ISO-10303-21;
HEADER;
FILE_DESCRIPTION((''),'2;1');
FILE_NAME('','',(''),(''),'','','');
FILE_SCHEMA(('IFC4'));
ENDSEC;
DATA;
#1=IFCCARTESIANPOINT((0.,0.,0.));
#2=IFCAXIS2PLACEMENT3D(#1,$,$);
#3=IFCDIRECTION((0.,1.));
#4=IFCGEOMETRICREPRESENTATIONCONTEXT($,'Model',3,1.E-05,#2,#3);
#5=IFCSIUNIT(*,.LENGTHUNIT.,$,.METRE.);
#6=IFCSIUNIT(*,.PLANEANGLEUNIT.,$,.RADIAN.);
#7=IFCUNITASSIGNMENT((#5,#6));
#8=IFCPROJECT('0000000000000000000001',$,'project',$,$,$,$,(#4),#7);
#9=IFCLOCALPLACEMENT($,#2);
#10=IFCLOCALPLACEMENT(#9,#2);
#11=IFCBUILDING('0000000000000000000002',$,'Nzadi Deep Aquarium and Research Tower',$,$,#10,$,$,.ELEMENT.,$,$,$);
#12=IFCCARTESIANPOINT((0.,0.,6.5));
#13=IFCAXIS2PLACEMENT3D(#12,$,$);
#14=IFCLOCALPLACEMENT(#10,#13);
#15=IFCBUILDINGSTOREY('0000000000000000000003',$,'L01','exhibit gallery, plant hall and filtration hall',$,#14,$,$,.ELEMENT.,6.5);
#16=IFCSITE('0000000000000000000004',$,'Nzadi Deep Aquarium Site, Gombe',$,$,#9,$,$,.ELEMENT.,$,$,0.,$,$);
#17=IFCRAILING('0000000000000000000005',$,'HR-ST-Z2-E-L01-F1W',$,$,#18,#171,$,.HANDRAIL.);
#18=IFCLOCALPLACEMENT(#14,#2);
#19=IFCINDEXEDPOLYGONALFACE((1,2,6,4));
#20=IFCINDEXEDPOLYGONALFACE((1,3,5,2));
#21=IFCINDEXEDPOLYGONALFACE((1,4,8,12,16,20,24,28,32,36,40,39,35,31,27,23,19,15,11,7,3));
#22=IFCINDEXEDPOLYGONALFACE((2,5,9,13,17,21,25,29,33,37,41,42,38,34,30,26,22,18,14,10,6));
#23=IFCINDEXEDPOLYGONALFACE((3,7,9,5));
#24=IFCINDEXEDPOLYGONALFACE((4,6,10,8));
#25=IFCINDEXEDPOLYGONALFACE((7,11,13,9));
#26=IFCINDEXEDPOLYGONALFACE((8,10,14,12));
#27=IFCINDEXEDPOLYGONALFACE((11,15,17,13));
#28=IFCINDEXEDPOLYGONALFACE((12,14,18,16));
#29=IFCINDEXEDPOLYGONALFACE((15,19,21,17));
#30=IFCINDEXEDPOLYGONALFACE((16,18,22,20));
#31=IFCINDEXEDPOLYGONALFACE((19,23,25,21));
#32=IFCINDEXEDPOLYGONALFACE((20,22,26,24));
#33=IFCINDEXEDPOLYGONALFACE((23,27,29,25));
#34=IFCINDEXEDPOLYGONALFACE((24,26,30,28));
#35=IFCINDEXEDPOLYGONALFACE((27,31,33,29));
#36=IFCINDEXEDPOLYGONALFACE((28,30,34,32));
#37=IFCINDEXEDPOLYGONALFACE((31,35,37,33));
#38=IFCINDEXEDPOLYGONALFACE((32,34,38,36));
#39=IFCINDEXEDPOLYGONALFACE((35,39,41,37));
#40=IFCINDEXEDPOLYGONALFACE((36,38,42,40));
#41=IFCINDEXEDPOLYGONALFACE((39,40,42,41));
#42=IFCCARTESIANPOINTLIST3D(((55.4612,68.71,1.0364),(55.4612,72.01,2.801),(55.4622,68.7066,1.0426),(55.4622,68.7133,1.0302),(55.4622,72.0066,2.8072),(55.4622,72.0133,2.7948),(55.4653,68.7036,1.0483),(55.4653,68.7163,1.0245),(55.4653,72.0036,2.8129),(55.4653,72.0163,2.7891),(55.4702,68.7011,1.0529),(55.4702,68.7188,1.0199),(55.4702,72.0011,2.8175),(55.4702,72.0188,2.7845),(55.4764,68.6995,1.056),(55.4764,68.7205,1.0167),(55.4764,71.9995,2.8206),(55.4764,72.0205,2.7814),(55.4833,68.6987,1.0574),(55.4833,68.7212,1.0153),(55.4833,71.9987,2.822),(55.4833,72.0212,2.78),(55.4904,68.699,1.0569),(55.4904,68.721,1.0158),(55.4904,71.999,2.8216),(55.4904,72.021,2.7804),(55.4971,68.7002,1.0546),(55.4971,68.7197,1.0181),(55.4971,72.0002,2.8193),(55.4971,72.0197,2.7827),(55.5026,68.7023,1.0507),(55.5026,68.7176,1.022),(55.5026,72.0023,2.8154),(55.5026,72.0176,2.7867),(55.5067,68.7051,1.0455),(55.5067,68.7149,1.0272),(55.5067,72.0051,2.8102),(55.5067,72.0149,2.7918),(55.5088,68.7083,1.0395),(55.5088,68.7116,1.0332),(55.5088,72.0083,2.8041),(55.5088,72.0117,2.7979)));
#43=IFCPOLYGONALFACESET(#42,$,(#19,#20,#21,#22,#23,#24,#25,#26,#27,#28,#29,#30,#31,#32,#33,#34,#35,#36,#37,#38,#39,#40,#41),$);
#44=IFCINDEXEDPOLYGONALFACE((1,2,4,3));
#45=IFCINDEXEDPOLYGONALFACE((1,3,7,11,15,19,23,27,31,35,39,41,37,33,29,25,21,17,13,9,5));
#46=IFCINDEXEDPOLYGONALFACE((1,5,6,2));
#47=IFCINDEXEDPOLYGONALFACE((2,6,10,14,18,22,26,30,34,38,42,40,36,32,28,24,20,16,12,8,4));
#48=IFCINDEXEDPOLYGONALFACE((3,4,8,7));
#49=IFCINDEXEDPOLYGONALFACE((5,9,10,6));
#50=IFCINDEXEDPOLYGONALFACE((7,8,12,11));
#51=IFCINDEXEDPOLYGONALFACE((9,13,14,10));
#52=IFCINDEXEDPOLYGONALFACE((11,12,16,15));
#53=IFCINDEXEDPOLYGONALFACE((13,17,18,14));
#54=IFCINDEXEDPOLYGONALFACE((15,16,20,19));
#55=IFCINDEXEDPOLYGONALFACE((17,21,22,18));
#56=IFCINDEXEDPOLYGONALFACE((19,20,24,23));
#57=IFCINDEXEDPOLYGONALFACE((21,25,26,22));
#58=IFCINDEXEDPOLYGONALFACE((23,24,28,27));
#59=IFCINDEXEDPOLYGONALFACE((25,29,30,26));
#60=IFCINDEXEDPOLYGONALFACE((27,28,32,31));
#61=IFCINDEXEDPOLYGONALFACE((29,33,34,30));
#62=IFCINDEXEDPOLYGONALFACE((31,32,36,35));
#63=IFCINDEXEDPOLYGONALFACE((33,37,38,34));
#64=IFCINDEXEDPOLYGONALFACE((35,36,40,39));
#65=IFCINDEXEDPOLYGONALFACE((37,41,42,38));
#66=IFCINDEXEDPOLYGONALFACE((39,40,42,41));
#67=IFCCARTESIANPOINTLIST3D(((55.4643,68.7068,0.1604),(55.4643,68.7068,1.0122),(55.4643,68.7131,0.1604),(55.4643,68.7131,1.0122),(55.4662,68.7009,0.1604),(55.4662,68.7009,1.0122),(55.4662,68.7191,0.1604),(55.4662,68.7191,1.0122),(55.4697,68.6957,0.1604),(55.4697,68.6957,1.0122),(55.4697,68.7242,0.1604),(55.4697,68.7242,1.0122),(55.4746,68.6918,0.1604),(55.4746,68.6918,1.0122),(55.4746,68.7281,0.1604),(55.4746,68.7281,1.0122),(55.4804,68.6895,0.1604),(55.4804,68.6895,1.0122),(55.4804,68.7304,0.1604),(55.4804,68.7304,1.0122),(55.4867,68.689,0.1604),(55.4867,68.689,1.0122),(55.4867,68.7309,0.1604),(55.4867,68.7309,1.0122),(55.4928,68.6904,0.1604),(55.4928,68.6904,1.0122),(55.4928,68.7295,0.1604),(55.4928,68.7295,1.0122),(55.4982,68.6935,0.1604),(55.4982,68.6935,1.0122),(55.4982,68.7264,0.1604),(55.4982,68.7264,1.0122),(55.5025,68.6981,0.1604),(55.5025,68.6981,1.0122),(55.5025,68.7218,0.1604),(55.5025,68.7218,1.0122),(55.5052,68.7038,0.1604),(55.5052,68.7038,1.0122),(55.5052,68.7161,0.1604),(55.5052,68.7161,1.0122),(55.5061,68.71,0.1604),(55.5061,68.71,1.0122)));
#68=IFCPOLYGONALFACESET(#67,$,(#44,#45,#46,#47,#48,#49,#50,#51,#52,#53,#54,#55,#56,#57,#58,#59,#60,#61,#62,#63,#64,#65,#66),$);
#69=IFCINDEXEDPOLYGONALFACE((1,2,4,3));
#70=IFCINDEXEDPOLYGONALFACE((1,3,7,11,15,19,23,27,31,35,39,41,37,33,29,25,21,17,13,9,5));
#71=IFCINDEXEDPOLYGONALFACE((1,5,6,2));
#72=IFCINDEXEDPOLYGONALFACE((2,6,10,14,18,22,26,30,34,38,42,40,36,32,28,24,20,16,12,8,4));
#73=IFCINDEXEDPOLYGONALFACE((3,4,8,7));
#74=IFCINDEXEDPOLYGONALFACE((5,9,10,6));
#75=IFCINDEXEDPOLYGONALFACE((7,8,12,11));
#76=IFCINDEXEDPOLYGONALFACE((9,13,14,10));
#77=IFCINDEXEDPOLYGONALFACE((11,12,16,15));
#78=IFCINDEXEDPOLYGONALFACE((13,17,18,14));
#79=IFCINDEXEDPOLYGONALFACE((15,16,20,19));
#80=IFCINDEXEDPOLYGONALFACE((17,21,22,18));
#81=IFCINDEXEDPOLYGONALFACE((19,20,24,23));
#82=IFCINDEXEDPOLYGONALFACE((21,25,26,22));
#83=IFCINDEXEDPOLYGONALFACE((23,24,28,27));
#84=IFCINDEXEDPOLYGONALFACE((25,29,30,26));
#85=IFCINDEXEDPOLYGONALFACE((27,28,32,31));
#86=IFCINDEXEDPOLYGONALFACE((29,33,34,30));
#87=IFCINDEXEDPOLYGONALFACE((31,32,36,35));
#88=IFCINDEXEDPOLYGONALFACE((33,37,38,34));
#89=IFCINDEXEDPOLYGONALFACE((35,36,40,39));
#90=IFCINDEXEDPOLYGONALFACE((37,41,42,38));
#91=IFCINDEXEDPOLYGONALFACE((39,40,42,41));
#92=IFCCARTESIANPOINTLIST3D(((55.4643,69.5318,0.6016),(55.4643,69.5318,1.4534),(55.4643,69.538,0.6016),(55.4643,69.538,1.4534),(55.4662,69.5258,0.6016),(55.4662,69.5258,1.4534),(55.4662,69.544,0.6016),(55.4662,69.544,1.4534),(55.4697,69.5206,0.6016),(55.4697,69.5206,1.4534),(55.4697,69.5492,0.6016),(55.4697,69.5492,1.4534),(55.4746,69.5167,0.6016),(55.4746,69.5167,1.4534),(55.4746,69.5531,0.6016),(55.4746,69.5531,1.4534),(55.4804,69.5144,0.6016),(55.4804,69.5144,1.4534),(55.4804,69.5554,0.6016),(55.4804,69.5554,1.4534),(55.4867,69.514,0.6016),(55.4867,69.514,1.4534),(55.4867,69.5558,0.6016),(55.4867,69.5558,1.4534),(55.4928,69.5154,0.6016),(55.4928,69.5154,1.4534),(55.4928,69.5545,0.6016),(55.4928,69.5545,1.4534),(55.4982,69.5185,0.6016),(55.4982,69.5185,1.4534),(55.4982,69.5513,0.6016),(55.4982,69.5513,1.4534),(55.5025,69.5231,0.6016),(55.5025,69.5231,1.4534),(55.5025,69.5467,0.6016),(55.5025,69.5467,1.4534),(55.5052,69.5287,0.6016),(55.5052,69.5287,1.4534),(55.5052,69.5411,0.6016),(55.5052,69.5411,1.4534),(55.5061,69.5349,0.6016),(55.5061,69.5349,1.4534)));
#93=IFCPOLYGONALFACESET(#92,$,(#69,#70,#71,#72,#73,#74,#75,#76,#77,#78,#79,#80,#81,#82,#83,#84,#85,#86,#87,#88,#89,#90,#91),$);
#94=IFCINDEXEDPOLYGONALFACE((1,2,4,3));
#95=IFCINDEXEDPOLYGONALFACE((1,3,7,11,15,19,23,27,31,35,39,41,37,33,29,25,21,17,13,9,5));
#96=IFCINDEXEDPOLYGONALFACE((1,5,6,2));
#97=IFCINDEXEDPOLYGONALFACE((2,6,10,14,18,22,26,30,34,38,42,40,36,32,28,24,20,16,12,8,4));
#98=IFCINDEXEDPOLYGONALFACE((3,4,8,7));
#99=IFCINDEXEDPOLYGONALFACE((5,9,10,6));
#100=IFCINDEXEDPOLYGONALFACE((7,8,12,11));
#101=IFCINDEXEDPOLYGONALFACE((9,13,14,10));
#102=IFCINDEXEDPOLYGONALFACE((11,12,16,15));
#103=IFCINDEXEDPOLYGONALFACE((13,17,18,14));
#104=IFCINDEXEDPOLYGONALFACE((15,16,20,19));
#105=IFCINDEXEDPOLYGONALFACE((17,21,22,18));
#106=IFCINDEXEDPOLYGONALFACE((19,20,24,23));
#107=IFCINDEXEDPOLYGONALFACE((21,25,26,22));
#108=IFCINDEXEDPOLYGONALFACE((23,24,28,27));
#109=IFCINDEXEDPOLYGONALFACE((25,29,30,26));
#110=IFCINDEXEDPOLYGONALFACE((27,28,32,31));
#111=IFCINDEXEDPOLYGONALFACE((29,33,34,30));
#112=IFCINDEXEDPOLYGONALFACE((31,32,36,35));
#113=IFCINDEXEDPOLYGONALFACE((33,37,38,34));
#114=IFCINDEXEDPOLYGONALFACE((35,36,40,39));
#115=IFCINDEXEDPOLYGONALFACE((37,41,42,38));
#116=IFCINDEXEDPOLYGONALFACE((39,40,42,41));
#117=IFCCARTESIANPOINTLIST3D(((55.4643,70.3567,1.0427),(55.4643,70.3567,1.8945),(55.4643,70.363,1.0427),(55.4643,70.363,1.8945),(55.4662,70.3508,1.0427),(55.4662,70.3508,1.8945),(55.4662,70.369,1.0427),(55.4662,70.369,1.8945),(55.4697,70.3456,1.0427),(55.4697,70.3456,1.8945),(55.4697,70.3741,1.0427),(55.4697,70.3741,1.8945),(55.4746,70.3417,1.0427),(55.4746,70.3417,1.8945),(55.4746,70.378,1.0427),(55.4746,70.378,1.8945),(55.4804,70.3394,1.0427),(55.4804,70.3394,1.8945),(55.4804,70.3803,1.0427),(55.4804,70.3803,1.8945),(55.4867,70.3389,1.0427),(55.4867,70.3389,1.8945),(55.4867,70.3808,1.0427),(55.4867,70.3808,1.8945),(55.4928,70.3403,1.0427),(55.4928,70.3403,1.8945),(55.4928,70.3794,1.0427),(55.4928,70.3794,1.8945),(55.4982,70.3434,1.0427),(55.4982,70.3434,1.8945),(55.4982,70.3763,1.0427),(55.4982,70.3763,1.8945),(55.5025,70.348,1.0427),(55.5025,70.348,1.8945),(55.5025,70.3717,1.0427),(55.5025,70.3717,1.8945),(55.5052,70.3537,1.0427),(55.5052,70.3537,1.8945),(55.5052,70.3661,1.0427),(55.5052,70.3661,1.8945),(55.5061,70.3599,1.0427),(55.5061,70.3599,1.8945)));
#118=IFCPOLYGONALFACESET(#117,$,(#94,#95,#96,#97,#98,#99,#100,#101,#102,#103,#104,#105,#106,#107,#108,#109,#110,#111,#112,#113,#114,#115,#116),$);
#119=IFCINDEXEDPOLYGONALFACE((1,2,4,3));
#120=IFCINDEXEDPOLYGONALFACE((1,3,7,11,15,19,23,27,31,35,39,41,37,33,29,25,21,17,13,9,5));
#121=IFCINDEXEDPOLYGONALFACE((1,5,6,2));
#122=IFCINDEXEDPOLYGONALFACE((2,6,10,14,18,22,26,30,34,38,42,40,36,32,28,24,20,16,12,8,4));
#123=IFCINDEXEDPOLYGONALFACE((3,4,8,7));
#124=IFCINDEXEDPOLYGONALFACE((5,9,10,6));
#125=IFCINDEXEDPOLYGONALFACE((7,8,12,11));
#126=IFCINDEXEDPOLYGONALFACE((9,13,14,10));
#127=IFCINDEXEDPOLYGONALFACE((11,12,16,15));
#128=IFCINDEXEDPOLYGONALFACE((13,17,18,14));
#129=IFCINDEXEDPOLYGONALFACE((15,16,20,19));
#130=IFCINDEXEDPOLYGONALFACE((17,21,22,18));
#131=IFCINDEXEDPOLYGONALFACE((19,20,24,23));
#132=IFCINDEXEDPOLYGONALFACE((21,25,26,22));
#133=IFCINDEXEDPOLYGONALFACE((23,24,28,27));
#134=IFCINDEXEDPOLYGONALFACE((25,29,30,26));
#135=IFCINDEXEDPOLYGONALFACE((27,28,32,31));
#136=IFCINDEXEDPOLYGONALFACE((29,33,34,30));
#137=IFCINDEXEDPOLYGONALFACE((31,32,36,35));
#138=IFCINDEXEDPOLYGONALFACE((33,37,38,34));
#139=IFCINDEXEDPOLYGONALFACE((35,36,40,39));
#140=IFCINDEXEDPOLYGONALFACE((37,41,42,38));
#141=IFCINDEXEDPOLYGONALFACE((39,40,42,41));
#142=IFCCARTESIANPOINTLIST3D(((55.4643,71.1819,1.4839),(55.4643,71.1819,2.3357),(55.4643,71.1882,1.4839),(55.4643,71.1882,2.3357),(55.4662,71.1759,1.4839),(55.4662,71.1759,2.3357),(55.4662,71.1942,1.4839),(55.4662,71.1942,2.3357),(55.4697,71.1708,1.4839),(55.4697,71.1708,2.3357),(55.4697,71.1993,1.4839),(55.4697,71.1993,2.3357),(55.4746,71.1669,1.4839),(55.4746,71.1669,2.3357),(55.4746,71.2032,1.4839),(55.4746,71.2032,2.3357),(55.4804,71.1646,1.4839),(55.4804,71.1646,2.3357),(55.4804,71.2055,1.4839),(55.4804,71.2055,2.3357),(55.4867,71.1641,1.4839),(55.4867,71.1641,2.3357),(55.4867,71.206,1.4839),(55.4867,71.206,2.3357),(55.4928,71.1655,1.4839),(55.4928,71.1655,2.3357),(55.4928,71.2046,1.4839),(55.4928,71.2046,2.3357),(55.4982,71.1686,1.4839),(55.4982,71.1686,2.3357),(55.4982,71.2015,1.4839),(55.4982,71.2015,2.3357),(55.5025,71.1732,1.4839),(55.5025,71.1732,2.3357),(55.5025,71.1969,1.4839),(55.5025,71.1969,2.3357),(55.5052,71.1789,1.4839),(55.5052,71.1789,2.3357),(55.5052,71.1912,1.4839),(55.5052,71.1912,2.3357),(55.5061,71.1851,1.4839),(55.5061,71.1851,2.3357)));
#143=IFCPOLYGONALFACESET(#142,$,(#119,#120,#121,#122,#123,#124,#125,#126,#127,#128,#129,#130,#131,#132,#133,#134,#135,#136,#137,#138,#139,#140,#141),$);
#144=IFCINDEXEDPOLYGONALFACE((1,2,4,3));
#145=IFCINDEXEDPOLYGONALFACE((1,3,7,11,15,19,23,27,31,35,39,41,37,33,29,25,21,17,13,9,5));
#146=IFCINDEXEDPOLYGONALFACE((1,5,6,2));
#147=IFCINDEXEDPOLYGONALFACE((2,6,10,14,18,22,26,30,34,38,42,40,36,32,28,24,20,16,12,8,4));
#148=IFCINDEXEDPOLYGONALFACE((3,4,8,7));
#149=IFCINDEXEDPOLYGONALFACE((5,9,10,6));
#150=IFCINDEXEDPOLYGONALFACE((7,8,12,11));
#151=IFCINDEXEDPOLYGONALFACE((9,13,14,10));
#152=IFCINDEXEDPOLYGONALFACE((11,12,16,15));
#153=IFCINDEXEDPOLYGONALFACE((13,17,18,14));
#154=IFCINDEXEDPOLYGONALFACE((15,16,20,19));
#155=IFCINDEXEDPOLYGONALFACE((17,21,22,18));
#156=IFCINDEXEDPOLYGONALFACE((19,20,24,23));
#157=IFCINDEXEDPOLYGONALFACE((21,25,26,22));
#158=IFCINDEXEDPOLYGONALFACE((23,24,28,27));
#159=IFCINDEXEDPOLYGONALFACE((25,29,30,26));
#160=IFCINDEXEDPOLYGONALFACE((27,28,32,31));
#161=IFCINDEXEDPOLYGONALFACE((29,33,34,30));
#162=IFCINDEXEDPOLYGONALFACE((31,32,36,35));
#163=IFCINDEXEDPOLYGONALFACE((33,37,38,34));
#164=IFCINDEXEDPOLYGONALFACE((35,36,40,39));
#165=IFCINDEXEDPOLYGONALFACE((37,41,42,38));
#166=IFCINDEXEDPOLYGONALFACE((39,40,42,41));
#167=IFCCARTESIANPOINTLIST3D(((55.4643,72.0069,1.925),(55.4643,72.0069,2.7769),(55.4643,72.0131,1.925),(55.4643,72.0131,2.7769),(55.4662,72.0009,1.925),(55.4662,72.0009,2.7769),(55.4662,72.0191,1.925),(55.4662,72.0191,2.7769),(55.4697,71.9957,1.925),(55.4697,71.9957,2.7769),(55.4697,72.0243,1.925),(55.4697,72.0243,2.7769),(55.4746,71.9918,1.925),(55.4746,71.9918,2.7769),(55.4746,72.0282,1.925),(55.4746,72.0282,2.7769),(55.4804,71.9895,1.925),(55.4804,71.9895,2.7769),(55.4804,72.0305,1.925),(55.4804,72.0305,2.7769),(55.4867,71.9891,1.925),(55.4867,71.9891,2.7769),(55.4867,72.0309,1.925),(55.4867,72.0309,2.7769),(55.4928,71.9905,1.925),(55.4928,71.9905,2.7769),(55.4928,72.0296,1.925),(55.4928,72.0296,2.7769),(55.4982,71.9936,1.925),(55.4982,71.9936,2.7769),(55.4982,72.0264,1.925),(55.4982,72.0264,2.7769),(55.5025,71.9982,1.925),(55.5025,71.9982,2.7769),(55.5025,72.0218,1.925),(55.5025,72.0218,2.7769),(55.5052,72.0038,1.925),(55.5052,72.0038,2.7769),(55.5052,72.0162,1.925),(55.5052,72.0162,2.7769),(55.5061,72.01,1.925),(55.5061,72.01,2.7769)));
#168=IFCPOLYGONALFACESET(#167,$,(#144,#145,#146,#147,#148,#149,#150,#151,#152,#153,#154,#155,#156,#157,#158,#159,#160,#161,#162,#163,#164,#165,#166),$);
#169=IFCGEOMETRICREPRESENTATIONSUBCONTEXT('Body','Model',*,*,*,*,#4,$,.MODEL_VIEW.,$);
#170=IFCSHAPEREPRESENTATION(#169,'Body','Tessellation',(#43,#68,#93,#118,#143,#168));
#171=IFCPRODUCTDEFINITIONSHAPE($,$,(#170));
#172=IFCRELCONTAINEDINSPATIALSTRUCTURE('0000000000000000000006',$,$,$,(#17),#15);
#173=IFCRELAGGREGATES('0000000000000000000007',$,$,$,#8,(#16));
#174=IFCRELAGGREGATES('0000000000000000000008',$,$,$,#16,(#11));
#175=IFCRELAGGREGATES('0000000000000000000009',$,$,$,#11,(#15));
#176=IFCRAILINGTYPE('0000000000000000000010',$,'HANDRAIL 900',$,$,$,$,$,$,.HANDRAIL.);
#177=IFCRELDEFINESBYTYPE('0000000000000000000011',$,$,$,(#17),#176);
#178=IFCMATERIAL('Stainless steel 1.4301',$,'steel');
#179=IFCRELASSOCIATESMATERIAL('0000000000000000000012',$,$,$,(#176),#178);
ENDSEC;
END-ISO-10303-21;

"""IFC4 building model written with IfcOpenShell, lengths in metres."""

from ifc_helpers import new_model, si_unit, direction, frame, origin, origin_2d, place, context, subcontext, project, spatial, circle, extrude, material, type_object, element, save


model = new_model("IFC4")

# Units and contexts
model_context = context("Model", 3, precision=1e-05, world=origin(), true_north=direction((0.0, 1.0)))
body_context = subcontext(model_context, "Body", "Model", "MODEL_VIEW")
ifc_project = project(units=[si_unit("LENGTHUNIT", "METRE"), si_unit("PLANEANGLEUNIT", "RADIAN")], contexts=[model_context])

# Site, building, storey
site_placement = place(None, origin())
site = spatial("IfcSite", under=ifc_project, at=site_placement, Name="Nzadi Deep Aquarium Site, Gombe", CompositionType="ELEMENT", RefElevation=0.0)
building_placement = place(site_placement, origin())
building = spatial("IfcBuilding", under=site, at=building_placement, Name="Nzadi Deep Aquarium and Research Tower", CompositionType="ELEMENT")
storey_placement = place(building_placement, frame((0.0, 0.0, 6.5)))
storey = spatial("IfcBuildingStorey", under=building, at=storey_placement, Name="L01", Description="exhibit gallery, plant hall and filtration hall", CompositionType="ELEMENT", Elevation=6.5)

# Railing
ifc_material_1 = material(Name="Stainless steel 1.4301", Category="steel")
railing_type = type_object("IfcRailingType", Name="HANDRAIL 900", PredefinedType="HANDRAIL", material=ifc_material_1)
for number, where, name in (
    (1, (55.4851, 68.71, 0.1604), "HR-ST-Z2-E-L01-F1W"),
):
    element("IfcRailing", number, at=place(storey_placement, frame(where)), inside=storey, type_object=railing_type, Name=name, PredefinedType="HANDRAIL", context=body_context, shape_type="SweptSolid", body=[
        extrude(circle(Radius=0.0239, at=origin_2d()), frame((0.0, 0.0, 0.876), z_axis=(0.0, 0.88184, 0.47155), x_axis=(-1.0, 0.0, 0.0)), (0.0, 0.0, 1.0), 3.7422),
        extrude(circle(Radius=0.021, at=origin_2d()), origin(), (0.0, 0.0, 1.0), 0.8518),
        extrude(circle(Radius=0.021, at=origin_2d()), frame((0.0, 0.825, 0.4412)), (0.0, 0.0, 1.0), 0.8518),
        extrude(circle(Radius=0.021, at=origin_2d()), frame((0.0, 1.6499, 0.8823)), (0.0, 0.0, 1.0), 0.8518),
        extrude(circle(Radius=0.021, at=origin_2d()), frame((0.0, 2.4751, 1.3235)), (0.0, 0.0, 1.0), 0.8518),
        extrude(circle(Radius=0.021, at=origin_2d()), frame((0.0, 3.3, 1.7646)), (0.0, 0.0, 1.0), 0.8518),
    ])

save(model, "model.ifc")
